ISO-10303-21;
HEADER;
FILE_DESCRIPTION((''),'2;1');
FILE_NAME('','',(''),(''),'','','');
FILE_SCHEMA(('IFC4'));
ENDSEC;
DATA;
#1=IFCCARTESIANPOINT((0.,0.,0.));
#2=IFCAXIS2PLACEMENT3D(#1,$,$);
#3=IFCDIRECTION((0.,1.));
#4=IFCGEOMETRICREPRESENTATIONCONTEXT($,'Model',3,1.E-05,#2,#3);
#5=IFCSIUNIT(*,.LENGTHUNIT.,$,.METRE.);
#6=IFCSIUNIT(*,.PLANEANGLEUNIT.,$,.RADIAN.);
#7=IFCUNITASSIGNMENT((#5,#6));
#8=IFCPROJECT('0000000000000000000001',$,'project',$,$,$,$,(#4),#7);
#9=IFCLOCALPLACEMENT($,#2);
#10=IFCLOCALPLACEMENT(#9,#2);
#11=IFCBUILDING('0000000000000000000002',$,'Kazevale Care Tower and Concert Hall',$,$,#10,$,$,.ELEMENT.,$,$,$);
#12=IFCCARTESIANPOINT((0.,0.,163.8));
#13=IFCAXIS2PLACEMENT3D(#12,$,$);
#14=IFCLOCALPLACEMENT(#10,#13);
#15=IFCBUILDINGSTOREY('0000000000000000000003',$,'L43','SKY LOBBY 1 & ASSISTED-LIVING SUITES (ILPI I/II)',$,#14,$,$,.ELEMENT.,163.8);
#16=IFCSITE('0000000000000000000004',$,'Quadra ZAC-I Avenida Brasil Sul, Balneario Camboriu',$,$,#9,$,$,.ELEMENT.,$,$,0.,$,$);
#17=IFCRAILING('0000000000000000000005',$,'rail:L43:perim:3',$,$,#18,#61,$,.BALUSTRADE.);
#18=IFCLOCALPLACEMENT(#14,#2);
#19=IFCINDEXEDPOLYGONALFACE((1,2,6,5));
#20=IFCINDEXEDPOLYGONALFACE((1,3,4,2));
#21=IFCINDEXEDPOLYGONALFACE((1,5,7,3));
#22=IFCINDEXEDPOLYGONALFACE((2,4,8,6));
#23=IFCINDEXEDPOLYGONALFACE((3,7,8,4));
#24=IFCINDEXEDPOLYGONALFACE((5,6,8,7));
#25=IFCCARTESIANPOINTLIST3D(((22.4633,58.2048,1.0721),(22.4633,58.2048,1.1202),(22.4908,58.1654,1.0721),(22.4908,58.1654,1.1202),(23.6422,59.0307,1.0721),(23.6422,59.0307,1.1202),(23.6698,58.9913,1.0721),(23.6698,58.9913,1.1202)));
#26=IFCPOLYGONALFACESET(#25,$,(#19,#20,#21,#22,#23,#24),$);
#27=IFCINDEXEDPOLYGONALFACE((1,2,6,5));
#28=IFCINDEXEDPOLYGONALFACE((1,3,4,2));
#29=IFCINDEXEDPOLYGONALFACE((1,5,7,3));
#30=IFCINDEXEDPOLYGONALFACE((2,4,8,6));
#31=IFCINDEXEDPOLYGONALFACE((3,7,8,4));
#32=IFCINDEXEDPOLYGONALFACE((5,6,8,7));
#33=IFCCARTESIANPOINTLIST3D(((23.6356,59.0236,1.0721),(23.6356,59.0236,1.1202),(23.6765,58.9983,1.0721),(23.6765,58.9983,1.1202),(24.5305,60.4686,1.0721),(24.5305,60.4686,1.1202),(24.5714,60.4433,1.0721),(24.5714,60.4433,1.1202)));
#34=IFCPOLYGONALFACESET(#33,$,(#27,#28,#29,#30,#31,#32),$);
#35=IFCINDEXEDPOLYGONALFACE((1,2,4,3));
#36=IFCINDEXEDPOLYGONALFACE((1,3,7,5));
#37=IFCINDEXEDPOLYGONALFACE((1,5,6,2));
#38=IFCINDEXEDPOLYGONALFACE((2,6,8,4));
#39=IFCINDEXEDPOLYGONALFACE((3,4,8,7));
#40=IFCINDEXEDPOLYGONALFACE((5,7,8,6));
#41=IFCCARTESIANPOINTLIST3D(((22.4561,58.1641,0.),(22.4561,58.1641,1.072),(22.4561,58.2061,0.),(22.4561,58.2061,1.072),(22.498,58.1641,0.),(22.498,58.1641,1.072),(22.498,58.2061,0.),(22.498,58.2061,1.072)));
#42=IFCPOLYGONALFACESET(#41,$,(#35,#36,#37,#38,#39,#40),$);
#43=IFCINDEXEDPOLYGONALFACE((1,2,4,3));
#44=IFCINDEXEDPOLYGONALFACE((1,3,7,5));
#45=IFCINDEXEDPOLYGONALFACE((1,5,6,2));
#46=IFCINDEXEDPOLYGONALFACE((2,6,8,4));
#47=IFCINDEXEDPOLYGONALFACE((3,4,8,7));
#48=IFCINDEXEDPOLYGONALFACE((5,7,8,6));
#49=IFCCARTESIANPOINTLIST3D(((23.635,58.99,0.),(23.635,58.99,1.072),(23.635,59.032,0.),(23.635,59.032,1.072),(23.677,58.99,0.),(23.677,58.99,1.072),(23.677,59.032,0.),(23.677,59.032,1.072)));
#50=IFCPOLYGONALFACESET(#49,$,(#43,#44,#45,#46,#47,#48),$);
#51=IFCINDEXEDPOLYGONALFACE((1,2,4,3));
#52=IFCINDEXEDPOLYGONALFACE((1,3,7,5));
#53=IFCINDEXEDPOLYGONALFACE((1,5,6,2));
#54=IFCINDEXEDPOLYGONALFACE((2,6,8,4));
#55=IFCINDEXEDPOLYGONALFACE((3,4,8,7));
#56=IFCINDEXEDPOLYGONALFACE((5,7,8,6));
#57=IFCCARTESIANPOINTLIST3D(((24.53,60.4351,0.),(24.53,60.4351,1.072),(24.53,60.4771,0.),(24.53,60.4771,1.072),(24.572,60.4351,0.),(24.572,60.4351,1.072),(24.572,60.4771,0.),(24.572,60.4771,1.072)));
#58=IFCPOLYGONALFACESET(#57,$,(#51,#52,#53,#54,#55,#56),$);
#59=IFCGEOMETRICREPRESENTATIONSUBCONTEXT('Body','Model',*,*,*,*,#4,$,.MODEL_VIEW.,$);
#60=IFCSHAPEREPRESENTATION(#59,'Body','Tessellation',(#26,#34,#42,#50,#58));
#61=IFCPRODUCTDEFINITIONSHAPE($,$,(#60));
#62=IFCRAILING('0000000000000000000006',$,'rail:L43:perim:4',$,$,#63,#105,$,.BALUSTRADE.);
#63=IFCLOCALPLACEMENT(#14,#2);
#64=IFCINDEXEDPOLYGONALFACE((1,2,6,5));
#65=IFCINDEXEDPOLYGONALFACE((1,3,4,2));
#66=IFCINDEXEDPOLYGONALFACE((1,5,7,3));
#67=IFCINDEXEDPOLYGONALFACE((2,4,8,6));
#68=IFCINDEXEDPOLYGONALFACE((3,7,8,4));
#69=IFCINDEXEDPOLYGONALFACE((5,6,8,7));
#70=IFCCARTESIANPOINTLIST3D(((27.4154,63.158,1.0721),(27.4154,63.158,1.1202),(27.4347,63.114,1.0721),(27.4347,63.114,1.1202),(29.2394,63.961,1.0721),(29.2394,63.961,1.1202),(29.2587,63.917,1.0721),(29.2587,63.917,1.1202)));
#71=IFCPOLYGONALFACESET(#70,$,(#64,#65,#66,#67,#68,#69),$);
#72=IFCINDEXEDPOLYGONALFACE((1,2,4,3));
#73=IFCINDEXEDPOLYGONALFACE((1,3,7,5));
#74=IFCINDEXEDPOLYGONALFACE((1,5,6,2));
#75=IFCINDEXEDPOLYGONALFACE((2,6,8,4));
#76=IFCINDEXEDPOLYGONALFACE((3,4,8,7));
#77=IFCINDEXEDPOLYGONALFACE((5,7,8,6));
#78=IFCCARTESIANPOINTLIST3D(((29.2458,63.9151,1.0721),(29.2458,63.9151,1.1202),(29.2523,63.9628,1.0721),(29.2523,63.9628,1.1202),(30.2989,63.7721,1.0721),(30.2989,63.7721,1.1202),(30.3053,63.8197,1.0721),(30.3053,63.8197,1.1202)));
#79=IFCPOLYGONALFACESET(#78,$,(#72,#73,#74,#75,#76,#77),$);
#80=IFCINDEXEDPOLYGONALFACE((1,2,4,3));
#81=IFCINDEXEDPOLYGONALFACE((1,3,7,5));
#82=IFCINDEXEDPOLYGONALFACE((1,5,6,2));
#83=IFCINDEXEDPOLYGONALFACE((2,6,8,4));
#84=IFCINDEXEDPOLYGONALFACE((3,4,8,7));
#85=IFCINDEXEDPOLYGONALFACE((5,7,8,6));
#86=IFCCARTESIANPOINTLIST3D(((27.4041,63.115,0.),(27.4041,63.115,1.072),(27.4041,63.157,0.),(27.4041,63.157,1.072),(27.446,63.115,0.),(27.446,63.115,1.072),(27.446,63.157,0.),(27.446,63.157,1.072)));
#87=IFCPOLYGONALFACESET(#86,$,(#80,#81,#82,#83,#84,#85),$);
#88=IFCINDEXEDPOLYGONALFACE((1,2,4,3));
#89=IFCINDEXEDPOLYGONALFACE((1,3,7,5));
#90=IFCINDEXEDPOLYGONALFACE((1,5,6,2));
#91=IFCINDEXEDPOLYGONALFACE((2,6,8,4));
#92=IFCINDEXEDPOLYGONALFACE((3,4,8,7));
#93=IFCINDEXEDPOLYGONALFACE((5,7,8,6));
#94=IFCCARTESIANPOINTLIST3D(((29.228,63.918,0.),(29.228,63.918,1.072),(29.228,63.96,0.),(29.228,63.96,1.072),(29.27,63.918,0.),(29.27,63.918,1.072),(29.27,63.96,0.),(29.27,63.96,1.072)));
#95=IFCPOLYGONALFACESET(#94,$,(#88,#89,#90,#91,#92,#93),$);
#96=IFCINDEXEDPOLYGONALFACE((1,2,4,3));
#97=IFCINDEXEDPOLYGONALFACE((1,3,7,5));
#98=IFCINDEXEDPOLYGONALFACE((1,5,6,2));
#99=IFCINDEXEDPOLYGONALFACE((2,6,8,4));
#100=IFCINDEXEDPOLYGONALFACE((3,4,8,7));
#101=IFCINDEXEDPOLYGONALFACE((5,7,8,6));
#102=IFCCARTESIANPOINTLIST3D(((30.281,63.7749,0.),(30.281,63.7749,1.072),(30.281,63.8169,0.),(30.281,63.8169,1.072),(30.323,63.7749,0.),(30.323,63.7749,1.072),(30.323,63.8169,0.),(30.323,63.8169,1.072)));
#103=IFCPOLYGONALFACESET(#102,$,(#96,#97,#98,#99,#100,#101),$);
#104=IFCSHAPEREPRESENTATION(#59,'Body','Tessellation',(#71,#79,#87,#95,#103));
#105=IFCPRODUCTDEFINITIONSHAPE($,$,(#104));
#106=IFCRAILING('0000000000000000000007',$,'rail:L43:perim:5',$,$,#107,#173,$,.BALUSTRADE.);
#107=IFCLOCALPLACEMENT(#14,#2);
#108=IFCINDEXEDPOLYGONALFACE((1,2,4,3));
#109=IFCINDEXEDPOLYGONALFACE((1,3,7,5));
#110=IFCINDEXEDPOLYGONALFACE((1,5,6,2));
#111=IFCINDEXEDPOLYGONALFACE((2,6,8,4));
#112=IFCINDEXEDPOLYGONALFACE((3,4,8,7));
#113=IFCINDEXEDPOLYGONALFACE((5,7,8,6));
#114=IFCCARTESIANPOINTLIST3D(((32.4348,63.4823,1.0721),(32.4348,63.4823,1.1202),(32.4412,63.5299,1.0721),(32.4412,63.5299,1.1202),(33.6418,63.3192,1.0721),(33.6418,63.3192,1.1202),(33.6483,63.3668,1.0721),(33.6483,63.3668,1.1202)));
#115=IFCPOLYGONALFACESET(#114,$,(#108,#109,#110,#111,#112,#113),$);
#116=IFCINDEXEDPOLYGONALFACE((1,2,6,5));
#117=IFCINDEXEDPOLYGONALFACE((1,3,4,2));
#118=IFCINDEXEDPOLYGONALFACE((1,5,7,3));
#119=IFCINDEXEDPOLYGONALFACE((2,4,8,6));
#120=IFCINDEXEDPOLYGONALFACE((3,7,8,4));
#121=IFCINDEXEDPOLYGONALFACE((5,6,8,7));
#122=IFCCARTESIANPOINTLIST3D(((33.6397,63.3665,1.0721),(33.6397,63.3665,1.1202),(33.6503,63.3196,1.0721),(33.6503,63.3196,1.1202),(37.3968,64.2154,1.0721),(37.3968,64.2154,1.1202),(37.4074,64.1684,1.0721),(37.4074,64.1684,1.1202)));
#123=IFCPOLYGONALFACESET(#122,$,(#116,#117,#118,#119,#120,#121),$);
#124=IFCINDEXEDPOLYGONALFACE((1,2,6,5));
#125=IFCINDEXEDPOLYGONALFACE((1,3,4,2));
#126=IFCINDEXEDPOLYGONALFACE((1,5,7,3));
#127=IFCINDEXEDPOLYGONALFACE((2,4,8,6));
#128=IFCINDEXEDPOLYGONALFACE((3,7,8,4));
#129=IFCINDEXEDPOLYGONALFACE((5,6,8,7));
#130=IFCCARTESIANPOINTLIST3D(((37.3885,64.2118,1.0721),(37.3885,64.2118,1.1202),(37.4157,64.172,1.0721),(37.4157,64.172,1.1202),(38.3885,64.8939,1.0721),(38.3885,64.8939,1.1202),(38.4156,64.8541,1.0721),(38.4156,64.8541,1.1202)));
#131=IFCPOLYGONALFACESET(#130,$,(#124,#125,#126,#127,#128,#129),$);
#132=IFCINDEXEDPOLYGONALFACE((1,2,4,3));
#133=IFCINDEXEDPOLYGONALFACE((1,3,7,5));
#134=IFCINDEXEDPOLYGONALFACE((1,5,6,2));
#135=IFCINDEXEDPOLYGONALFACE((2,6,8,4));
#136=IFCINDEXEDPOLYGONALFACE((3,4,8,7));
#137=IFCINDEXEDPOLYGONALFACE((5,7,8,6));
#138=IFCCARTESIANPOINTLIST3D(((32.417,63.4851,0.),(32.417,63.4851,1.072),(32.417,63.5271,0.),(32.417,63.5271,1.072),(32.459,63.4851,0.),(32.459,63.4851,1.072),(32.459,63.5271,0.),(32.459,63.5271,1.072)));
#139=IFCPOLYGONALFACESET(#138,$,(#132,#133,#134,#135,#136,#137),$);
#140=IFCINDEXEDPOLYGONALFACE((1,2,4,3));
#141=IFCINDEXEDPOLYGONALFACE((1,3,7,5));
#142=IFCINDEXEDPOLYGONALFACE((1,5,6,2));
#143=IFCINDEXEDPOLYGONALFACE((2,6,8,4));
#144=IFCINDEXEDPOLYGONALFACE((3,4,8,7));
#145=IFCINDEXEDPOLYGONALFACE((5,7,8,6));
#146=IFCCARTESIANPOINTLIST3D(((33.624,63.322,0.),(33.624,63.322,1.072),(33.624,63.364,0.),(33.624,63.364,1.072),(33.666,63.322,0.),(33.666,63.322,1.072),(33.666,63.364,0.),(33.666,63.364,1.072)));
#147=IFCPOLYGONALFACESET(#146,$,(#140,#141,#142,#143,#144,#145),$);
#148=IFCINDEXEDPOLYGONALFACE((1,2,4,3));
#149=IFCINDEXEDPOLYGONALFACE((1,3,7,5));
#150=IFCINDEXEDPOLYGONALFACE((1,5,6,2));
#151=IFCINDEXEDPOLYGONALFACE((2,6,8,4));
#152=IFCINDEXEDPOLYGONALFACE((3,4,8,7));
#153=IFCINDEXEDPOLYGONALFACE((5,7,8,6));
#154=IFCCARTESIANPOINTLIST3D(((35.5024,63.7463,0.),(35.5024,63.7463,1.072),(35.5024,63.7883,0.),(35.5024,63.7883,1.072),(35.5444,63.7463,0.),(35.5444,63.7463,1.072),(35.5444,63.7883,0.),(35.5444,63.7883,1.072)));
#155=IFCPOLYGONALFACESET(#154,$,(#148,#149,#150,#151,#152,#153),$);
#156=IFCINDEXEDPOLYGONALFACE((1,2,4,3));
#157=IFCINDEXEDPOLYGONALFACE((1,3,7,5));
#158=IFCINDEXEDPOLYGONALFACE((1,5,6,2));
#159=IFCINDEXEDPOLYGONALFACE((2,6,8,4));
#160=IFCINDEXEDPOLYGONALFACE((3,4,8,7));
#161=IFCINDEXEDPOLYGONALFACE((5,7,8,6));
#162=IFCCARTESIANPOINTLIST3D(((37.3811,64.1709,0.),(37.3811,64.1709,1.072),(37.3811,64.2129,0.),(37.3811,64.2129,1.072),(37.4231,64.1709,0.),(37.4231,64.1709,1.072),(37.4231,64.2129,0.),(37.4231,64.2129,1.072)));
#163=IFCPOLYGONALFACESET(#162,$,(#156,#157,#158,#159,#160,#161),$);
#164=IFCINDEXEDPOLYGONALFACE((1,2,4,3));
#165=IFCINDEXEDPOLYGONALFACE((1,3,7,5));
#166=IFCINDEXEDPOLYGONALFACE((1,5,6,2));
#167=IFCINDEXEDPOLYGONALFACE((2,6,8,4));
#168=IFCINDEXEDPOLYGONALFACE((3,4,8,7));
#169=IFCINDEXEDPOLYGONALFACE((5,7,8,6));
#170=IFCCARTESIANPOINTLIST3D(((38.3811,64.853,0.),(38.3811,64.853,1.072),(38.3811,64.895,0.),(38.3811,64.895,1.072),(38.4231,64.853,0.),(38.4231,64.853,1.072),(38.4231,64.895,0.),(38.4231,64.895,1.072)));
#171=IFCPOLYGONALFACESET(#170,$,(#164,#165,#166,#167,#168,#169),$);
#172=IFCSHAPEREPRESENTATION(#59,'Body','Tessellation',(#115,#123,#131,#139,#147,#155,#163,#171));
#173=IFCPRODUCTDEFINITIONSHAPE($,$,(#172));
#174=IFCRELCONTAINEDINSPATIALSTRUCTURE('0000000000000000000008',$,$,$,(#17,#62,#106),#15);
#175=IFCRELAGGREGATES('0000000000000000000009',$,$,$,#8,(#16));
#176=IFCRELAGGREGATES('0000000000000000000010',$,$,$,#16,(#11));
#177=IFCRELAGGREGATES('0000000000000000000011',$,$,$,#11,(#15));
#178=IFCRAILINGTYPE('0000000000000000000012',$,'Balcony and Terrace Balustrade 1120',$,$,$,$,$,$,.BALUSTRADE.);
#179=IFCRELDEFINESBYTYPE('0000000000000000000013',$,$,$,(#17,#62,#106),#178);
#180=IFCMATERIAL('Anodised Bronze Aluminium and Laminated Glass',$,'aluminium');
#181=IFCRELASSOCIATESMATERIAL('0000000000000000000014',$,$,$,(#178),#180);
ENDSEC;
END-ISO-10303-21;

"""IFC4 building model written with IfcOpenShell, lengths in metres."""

from ifc_helpers import new_model, si_unit, direction, frame, origin, origin_2d, place, context, subcontext, project, spatial, rectangle, extrude, material, type_object, element, save


model = new_model("IFC4")

# Units and contexts
model_context = context("Model", 3, precision=1e-05, world=origin(), true_north=direction((0.0, 1.0)))
body_context = subcontext(model_context, "Body", "Model", "MODEL_VIEW")
ifc_project = project(units=[si_unit("LENGTHUNIT", "METRE"), si_unit("PLANEANGLEUNIT", "RADIAN")], contexts=[model_context])

# Site, building, storey
site_placement = place(None, origin())
site = spatial("IfcSite", under=ifc_project, at=site_placement, Name="Quadra ZAC-I Avenida Brasil Sul, Balneario Camboriu", CompositionType="ELEMENT", RefElevation=0.0)
building_placement = place(site_placement, origin())
building = spatial("IfcBuilding", under=site, at=building_placement, Name="Kazevale Care Tower and Concert Hall", CompositionType="ELEMENT")
storey_placement = place(building_placement, frame((0.0, 0.0, 163.8)))
storey = spatial("IfcBuildingStorey", under=building, at=storey_placement, Name="L43", Description="SKY LOBBY 1 & ASSISTED-LIVING SUITES (ILPI I/II)", CompositionType="ELEMENT", Elevation=163.8)

# Railings
ifc_material_1 = material(Name="Anodised Bronze Aluminium and Laminated Glass", Category="aluminium")
railing_type = type_object("IfcRailingType", Name="Balcony and Terrace Balustrade 1120", PredefinedType="BALUSTRADE", material=ifc_material_1)
railing_1_placement = place(storey_placement, frame((22.4771, 58.1851, 0.0)))
element("IfcRailing", 1, at=railing_1_placement, inside=storey, type_object=railing_type, Name="rail:L43:perim:3", PredefinedType="BALUSTRADE", context=body_context, shape_type="SweptSolid", body=[
    extrude(rectangle(XDim=0.0481, YDim=0.0481, at=origin_2d()), frame((0.0, 0.0, 1.0962), z_axis=(0.819017, 0.57377, 0.0), x_axis=(-0.57377, 0.819017, 0.0)), (0.0, 0.0, 1.0), 1.4395),
    extrude(rectangle(XDim=0.0481, YDim=0.0481, at=origin_2d()), frame((1.179, 0.8259, 1.0962), z_axis=(0.526547, 0.850146, 0.0), x_axis=(-0.850146, 0.526547, 0.0)), (0.0, 0.0, 1.0), 1.6997),
    extrude(rectangle(XDim=0.042, YDim=0.042, at=origin_2d()), origin(), (0.0, 0.0, 1.0), 1.072),
    extrude(rectangle(XDim=0.042, YDim=0.042, at=origin_2d()), frame((1.179, 0.8259, 0.0)), (0.0, 0.0, 1.0), 1.072),
    extrude(rectangle(XDim=0.042, YDim=0.042, at=origin_2d()), frame((2.074, 2.271, 0.0)), (0.0, 0.0, 1.0), 1.072),
])
railing_2_placement = place(storey_placement, frame((27.425, 63.136, 0.0)))
element("IfcRailing", 2, at=railing_2_placement, inside=storey, type_object=railing_type, Name="rail:L43:perim:4", PredefinedType="BALUSTRADE", context=body_context, shape_type="SweptSolid", body=[
    extrude(rectangle(XDim=0.0481, YDim=0.0481, at=origin_2d()), frame((0.0, 0.0, 1.0962), z_axis=(0.915236, 0.402919, 0.0), x_axis=(-0.402919, 0.915236, 0.0)), (0.0, 0.0, 1.0), 1.9929),
    extrude(rectangle(XDim=0.0481, YDim=0.0481, at=origin_2d()), frame((1.824, 0.803, 1.0962), z_axis=(0.990896, -0.134631, 0.0), x_axis=(0.134631, 0.990896, 0.0)), (0.0, 0.0, 1.0), 1.0627),
    extrude(rectangle(XDim=0.042, YDim=0.042, at=origin_2d()), origin(), (0.0, 0.0, 1.0), 1.072),
    extrude(rectangle(XDim=0.042, YDim=0.042, at=origin_2d()), frame((1.824, 0.803, 0.0)), (0.0, 0.0, 1.0), 1.072),
    extrude(rectangle(XDim=0.042, YDim=0.042, at=origin_2d()), frame((2.877, 0.6599, 0.0)), (0.0, 0.0, 1.0), 1.072),
])
railing_3_placement = place(storey_placement, frame((32.438, 63.5061, 0.0)))
element("IfcRailing", 3, at=railing_3_placement, inside=storey, type_object=railing_type, Name="rail:L43:perim:5", PredefinedType="BALUSTRADE", context=body_context, shape_type="SweptSolid", body=[
    extrude(rectangle(XDim=0.0481, YDim=0.0481, at=origin_2d()), frame((0.0, 0.0, 1.0962), z_axis=(0.990995, -0.133897, 0.0), x_axis=(0.133897, 0.990995, 0.0)), (0.0, 0.0, 1.0), 1.218),
    extrude(rectangle(XDim=0.0481, YDim=0.0481, at=origin_2d()), frame((1.207, -0.1631, 1.0962), z_axis=(0.975413, 0.220385, 0.0), x_axis=(-0.220385, 0.975413, 0.0)), (0.0, 0.0, 1.0), 3.8518),
    extrude(rectangle(XDim=0.0481, YDim=0.0481, at=origin_2d()), frame((4.9641, 0.6858, 1.0962), z_axis=(0.826108, 0.563512, 0.0), x_axis=(-0.563512, 0.826108, 0.0)), (0.0, 0.0, 1.0), 1.2104),
    extrude(rectangle(XDim=0.042, YDim=0.042, at=origin_2d()), origin(), (0.0, 0.0, 1.0), 1.072),
    extrude(rectangle(XDim=0.042, YDim=0.042, at=origin_2d()), frame((1.207, -0.1631, 0.0)), (0.0, 0.0, 1.0), 1.072),
    extrude(rectangle(XDim=0.042, YDim=0.042, at=origin_2d()), frame((3.0854, 0.2612, 0.0)), (0.0, 0.0, 1.0), 1.072),
    extrude(rectangle(XDim=0.042, YDim=0.042, at=origin_2d()), frame((4.9641, 0.6858, 0.0)), (0.0, 0.0, 1.0), 1.072),
    extrude(rectangle(XDim=0.042, YDim=0.042, at=origin_2d()), frame((5.9641, 1.3679, 0.0)), (0.0, 0.0, 1.0), 1.072),
])

save(model, "model.ifc")
